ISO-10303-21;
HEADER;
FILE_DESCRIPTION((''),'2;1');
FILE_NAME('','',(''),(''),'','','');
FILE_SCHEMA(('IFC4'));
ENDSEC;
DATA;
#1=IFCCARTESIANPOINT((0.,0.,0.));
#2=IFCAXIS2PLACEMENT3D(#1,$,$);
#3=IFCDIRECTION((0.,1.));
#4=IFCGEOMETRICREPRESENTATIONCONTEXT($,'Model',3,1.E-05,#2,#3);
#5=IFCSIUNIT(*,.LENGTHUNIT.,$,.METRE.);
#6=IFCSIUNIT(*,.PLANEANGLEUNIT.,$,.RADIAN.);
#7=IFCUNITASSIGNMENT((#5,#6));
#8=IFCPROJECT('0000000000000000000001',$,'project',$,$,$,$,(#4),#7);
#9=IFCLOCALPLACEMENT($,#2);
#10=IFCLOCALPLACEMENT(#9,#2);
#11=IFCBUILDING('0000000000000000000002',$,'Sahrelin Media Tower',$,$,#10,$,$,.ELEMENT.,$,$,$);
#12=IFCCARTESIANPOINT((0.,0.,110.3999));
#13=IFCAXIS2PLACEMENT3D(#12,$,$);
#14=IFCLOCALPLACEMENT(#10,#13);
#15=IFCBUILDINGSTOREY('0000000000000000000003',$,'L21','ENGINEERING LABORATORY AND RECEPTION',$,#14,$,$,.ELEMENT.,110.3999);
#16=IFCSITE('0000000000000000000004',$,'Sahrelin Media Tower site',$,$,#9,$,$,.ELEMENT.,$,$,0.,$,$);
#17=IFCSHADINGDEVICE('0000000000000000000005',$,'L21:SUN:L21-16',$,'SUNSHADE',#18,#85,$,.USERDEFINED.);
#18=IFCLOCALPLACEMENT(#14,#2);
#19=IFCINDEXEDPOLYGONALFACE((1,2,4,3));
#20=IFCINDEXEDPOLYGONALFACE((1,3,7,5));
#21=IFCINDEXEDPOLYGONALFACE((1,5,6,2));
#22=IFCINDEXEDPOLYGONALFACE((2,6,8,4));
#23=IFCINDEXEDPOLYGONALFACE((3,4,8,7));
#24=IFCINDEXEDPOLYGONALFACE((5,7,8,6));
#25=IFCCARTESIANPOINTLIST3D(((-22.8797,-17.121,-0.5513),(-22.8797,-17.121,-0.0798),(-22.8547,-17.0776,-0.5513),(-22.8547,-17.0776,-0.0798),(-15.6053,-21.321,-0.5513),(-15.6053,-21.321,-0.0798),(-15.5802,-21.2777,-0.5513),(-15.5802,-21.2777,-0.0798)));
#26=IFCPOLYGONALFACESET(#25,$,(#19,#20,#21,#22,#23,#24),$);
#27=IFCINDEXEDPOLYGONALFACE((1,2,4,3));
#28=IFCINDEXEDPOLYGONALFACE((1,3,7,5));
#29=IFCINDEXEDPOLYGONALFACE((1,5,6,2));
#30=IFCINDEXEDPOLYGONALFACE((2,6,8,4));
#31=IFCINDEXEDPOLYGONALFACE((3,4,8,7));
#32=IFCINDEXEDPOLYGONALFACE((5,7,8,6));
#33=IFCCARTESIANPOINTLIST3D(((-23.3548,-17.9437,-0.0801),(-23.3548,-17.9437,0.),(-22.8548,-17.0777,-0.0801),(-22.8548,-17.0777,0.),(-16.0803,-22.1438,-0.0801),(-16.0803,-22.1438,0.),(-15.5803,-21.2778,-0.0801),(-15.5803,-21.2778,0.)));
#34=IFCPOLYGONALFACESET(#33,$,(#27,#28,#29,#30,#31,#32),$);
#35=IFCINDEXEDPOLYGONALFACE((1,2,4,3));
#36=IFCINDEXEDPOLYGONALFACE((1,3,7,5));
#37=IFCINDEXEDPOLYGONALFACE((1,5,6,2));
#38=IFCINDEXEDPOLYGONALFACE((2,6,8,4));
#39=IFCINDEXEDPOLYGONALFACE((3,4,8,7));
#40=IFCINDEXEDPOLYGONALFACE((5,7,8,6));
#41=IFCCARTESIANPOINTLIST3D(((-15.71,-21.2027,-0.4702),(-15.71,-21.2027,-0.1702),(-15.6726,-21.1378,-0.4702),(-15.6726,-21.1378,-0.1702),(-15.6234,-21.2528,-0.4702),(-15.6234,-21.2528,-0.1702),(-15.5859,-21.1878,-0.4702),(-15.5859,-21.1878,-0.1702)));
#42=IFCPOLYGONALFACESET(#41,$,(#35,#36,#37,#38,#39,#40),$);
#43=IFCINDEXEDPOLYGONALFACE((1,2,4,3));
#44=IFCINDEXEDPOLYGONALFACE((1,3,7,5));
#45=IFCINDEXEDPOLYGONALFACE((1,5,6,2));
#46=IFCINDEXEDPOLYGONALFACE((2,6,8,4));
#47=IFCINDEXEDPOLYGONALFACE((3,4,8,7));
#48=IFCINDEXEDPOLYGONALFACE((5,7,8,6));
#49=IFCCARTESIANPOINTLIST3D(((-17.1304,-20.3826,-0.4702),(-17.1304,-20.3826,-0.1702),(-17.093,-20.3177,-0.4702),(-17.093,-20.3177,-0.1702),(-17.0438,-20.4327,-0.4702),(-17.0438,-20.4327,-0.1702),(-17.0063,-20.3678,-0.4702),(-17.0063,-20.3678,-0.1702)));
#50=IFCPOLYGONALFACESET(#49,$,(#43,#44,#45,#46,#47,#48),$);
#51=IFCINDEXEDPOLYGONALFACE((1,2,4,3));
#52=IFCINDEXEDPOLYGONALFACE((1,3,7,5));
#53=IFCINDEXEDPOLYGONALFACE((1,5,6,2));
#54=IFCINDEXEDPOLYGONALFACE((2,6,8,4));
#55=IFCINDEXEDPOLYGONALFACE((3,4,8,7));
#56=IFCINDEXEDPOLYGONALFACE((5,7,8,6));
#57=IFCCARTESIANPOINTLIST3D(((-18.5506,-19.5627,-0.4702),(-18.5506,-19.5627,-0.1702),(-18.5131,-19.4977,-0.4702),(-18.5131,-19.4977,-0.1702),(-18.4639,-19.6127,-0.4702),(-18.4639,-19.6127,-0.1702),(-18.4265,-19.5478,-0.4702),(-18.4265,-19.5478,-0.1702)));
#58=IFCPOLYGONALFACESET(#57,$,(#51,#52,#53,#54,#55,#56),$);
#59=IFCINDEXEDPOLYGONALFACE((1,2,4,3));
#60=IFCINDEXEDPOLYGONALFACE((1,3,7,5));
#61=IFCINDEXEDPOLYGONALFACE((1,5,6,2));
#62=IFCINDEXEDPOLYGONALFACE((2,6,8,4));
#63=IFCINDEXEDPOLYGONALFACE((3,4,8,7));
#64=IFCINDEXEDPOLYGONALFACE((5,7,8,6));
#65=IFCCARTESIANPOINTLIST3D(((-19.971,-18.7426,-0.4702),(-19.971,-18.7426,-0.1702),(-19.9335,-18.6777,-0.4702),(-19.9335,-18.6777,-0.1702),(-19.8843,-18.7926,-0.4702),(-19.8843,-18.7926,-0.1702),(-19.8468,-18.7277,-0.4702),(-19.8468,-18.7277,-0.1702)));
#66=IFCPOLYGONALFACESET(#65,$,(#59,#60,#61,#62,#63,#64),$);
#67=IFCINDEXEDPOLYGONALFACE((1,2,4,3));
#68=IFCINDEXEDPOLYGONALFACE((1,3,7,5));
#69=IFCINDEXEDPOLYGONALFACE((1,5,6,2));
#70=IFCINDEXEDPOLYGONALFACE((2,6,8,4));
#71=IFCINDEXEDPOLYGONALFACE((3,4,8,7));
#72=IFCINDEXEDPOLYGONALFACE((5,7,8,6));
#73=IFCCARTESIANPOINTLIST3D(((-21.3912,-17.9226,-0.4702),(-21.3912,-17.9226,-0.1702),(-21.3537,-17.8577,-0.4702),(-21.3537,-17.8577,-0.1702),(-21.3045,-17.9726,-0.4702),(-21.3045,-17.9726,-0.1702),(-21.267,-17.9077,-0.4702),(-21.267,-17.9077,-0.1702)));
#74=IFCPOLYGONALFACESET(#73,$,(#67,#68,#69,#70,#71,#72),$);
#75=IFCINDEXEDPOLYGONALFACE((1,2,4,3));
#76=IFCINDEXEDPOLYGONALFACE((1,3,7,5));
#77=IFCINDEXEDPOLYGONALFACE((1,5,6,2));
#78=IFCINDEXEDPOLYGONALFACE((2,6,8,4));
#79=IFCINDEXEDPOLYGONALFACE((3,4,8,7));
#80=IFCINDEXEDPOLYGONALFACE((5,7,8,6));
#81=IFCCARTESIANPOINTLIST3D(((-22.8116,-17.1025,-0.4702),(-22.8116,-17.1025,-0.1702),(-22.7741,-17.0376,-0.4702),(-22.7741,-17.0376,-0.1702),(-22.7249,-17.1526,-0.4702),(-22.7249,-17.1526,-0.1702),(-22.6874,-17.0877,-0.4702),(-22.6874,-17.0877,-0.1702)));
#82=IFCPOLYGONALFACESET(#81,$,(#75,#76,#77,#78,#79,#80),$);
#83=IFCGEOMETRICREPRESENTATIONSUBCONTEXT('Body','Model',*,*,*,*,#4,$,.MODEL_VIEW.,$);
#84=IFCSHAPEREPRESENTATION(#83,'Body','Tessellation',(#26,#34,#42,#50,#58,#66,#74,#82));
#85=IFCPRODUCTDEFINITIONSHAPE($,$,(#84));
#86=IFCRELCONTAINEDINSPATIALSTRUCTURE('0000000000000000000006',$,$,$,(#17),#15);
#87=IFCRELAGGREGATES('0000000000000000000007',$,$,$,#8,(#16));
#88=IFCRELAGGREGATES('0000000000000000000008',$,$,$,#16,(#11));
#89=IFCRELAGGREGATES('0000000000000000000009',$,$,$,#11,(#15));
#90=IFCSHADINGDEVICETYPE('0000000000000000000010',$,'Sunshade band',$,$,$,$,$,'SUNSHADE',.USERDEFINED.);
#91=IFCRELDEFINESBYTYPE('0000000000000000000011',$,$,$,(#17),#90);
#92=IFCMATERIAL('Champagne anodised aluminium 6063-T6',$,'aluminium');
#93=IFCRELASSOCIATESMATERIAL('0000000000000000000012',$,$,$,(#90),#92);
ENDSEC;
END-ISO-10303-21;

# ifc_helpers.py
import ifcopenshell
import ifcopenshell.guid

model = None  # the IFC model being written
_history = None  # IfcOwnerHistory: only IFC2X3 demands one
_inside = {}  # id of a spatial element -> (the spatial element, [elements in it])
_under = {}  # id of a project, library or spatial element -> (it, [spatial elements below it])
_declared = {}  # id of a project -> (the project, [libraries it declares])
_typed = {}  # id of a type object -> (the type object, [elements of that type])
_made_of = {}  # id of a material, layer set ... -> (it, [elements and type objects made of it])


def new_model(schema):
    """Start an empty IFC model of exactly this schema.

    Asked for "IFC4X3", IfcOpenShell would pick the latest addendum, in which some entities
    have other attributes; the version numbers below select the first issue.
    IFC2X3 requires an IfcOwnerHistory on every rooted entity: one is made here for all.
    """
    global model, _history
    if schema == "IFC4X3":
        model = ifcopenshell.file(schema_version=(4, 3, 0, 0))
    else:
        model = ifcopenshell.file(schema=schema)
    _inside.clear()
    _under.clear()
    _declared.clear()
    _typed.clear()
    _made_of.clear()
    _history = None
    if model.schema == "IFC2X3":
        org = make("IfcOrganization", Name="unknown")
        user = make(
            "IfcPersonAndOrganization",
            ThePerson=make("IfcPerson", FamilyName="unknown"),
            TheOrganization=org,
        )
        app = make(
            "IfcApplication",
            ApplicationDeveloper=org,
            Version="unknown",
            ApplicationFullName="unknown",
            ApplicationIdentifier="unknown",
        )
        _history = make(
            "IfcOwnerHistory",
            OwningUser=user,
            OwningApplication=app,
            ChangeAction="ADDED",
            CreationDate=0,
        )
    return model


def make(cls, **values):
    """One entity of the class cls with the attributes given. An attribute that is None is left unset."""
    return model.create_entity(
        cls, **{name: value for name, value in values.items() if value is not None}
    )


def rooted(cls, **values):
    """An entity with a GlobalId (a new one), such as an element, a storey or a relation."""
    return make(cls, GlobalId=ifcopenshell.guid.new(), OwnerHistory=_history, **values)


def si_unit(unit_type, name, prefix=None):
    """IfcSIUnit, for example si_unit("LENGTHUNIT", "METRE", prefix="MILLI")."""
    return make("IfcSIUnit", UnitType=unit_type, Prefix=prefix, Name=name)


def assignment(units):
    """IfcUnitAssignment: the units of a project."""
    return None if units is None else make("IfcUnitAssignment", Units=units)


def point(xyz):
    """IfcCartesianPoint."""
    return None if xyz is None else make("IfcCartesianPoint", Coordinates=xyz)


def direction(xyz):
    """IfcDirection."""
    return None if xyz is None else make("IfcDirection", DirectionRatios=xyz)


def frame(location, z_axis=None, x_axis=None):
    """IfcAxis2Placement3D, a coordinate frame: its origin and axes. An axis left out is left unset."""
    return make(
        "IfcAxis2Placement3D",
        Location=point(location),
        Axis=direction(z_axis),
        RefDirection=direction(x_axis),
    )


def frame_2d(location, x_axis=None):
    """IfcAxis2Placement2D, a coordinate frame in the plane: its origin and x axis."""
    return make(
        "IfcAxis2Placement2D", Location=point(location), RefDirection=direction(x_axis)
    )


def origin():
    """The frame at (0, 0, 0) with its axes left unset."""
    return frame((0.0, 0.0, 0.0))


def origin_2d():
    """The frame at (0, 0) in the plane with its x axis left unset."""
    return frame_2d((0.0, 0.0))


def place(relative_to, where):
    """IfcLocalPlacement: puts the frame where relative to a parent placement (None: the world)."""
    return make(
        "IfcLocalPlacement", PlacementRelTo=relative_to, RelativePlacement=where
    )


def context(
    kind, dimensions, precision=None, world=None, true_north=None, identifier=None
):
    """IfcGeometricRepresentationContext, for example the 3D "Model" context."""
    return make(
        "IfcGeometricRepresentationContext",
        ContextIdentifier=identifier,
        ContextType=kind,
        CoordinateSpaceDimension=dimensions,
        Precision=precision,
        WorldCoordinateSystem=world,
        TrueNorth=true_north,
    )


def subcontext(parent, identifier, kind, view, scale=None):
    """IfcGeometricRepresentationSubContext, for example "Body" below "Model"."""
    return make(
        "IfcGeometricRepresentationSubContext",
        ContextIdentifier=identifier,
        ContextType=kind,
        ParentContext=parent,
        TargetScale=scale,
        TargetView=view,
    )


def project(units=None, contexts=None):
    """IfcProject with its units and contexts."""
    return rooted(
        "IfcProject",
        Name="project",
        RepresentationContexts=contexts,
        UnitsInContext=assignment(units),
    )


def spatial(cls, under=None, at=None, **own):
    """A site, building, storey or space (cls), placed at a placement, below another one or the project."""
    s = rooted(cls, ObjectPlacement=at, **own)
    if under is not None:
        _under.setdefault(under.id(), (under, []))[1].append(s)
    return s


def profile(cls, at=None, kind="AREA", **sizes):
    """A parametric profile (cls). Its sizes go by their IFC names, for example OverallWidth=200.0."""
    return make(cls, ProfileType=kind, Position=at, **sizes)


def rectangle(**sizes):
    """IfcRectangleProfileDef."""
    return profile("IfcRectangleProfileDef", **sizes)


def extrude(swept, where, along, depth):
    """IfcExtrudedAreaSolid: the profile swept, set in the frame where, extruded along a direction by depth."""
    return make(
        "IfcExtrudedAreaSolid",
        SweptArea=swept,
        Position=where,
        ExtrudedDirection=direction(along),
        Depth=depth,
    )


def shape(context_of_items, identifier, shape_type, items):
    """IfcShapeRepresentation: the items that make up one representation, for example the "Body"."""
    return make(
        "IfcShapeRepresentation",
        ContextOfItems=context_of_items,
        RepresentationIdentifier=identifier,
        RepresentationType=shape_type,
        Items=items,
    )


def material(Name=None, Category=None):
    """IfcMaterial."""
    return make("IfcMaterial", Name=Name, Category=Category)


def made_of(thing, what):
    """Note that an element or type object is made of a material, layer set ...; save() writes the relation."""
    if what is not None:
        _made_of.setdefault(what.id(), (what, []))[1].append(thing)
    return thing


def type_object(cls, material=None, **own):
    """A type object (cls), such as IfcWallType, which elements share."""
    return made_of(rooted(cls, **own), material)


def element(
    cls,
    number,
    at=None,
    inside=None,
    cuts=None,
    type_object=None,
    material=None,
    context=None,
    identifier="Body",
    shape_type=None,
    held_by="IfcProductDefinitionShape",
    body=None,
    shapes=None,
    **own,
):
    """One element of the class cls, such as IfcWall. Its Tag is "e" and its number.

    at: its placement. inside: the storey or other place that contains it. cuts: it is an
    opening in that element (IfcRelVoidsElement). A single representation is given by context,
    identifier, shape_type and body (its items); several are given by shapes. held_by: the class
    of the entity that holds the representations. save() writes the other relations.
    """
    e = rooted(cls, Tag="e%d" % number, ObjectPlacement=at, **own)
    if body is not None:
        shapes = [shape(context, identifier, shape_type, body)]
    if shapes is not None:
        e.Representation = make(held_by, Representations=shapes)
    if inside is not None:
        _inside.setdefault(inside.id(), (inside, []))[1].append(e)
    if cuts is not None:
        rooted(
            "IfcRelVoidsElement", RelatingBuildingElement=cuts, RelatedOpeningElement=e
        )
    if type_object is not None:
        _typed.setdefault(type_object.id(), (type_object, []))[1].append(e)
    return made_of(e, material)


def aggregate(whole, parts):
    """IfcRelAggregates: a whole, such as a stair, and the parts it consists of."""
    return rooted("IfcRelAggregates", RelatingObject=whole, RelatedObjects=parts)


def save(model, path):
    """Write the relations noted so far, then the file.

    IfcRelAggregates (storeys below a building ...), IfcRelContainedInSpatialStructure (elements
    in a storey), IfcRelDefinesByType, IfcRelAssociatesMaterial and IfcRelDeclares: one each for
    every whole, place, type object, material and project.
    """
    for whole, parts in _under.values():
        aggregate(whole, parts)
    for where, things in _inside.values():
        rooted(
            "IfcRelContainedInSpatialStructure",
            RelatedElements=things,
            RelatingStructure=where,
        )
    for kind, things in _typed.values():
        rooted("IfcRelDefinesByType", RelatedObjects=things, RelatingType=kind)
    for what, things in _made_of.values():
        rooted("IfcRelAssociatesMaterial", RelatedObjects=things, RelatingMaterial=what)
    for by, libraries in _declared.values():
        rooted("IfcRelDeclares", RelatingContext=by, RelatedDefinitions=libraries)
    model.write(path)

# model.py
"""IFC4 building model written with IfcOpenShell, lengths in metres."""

from ifc_helpers import new_model, si_unit, direction, frame, origin, origin_2d, place, context, subcontext, project, spatial, rectangle, extrude, material, type_object, element, save


model = new_model("IFC4")

# Units and contexts
model_context = context("Model", 3, precision=1e-05, world=origin(), true_north=direction((0.0, 1.0)))
body_context = subcontext(model_context, "Body", "Model", "MODEL_VIEW")
ifc_project = project(units=[si_unit("LENGTHUNIT", "METRE"), si_unit("PLANEANGLEUNIT", "RADIAN")], contexts=[model_context])

# Site, building, storey
site_placement = place(None, origin())
site = spatial("IfcSite", under=ifc_project, at=site_placement, Name="Sahrelin Media Tower site", CompositionType="ELEMENT", RefElevation=0.0)
building_placement = place(site_placement, origin())
building = spatial("IfcBuilding", under=site, at=building_placement, Name="Sahrelin Media Tower", CompositionType="ELEMENT")
storey_placement = place(building_placement, frame((0.0, 0.0, 110.3999)))
storey = spatial("IfcBuildingStorey", under=building, at=storey_placement, Name="L21", Description="ENGINEERING LABORATORY AND RECEPTION", CompositionType="ELEMENT", Elevation=110.3999)

# Shared definitions
ifc_material_1 = material(Name="Champagne anodised aluminium 6063-T6", Category="aluminium")

# Shading device
placement_1 = place(storey_placement, frame((-19.2075, -19.1604, 0.0), z_axis=(0.0, 0.0, 1.0), x_axis=(-0.866019, 0.500011, 0.0)))
shading_device_type_1 = type_object("IfcShadingDeviceType", Name="Sunshade band", ElementType="SUNSHADE", PredefinedType="USERDEFINED", material=ifc_material_1)
element("IfcShadingDevice", 1, at=placement_1, inside=storey, type_object=shading_device_type_1, Name="L21:SUN:L21-16", ObjectType="SUNSHADE", PredefinedType="USERDEFINED", context=body_context, shape_type="SweptSolid", body=[
    extrude(rectangle(XDim=8.3999, YDim=0.05, at=origin_2d()), frame((0.0, 0.0449, -0.5513)), (0.0, 0.0, 1.0), 0.4714),
    extrude(rectangle(XDim=8.3999, YDim=1.0, at=origin_2d()), frame((0.0, 0.52, -0.0801)), (0.0, 0.0, 1.0), 0.0801),
    extrude(rectangle(XDim=0.1001, YDim=0.075, at=origin_2d()), frame((-4.1001, -0.0176, -0.4702)), (0.0, 0.0, 1.0), 0.3),
    extrude(rectangle(XDim=0.1001, YDim=0.075, at=origin_2d()), frame((-2.46, -0.0176, -0.4702)), (0.0, 0.0, 1.0), 0.3),
    extrude(rectangle(XDim=0.1001, YDim=0.075, at=origin_2d()), frame((-0.8201, -0.0176, -0.4702)), (0.0, 0.0, 1.0), 0.3),
    extrude(rectangle(XDim=0.1001, YDim=0.075, at=origin_2d()), frame((0.8201, -0.0176, -0.4702)), (0.0, 0.0, 1.0), 0.3),
    extrude(rectangle(XDim=0.1001, YDim=0.075, at=origin_2d()), frame((2.46, -0.0176, -0.4702)), (0.0, 0.0, 1.0), 0.3),
    extrude(rectangle(XDim=0.1001, YDim=0.075, at=origin_2d()), frame((4.1001, -0.0176, -0.4702)), (0.0, 0.0, 1.0), 0.3),
])

save(model, "model.ifc")
